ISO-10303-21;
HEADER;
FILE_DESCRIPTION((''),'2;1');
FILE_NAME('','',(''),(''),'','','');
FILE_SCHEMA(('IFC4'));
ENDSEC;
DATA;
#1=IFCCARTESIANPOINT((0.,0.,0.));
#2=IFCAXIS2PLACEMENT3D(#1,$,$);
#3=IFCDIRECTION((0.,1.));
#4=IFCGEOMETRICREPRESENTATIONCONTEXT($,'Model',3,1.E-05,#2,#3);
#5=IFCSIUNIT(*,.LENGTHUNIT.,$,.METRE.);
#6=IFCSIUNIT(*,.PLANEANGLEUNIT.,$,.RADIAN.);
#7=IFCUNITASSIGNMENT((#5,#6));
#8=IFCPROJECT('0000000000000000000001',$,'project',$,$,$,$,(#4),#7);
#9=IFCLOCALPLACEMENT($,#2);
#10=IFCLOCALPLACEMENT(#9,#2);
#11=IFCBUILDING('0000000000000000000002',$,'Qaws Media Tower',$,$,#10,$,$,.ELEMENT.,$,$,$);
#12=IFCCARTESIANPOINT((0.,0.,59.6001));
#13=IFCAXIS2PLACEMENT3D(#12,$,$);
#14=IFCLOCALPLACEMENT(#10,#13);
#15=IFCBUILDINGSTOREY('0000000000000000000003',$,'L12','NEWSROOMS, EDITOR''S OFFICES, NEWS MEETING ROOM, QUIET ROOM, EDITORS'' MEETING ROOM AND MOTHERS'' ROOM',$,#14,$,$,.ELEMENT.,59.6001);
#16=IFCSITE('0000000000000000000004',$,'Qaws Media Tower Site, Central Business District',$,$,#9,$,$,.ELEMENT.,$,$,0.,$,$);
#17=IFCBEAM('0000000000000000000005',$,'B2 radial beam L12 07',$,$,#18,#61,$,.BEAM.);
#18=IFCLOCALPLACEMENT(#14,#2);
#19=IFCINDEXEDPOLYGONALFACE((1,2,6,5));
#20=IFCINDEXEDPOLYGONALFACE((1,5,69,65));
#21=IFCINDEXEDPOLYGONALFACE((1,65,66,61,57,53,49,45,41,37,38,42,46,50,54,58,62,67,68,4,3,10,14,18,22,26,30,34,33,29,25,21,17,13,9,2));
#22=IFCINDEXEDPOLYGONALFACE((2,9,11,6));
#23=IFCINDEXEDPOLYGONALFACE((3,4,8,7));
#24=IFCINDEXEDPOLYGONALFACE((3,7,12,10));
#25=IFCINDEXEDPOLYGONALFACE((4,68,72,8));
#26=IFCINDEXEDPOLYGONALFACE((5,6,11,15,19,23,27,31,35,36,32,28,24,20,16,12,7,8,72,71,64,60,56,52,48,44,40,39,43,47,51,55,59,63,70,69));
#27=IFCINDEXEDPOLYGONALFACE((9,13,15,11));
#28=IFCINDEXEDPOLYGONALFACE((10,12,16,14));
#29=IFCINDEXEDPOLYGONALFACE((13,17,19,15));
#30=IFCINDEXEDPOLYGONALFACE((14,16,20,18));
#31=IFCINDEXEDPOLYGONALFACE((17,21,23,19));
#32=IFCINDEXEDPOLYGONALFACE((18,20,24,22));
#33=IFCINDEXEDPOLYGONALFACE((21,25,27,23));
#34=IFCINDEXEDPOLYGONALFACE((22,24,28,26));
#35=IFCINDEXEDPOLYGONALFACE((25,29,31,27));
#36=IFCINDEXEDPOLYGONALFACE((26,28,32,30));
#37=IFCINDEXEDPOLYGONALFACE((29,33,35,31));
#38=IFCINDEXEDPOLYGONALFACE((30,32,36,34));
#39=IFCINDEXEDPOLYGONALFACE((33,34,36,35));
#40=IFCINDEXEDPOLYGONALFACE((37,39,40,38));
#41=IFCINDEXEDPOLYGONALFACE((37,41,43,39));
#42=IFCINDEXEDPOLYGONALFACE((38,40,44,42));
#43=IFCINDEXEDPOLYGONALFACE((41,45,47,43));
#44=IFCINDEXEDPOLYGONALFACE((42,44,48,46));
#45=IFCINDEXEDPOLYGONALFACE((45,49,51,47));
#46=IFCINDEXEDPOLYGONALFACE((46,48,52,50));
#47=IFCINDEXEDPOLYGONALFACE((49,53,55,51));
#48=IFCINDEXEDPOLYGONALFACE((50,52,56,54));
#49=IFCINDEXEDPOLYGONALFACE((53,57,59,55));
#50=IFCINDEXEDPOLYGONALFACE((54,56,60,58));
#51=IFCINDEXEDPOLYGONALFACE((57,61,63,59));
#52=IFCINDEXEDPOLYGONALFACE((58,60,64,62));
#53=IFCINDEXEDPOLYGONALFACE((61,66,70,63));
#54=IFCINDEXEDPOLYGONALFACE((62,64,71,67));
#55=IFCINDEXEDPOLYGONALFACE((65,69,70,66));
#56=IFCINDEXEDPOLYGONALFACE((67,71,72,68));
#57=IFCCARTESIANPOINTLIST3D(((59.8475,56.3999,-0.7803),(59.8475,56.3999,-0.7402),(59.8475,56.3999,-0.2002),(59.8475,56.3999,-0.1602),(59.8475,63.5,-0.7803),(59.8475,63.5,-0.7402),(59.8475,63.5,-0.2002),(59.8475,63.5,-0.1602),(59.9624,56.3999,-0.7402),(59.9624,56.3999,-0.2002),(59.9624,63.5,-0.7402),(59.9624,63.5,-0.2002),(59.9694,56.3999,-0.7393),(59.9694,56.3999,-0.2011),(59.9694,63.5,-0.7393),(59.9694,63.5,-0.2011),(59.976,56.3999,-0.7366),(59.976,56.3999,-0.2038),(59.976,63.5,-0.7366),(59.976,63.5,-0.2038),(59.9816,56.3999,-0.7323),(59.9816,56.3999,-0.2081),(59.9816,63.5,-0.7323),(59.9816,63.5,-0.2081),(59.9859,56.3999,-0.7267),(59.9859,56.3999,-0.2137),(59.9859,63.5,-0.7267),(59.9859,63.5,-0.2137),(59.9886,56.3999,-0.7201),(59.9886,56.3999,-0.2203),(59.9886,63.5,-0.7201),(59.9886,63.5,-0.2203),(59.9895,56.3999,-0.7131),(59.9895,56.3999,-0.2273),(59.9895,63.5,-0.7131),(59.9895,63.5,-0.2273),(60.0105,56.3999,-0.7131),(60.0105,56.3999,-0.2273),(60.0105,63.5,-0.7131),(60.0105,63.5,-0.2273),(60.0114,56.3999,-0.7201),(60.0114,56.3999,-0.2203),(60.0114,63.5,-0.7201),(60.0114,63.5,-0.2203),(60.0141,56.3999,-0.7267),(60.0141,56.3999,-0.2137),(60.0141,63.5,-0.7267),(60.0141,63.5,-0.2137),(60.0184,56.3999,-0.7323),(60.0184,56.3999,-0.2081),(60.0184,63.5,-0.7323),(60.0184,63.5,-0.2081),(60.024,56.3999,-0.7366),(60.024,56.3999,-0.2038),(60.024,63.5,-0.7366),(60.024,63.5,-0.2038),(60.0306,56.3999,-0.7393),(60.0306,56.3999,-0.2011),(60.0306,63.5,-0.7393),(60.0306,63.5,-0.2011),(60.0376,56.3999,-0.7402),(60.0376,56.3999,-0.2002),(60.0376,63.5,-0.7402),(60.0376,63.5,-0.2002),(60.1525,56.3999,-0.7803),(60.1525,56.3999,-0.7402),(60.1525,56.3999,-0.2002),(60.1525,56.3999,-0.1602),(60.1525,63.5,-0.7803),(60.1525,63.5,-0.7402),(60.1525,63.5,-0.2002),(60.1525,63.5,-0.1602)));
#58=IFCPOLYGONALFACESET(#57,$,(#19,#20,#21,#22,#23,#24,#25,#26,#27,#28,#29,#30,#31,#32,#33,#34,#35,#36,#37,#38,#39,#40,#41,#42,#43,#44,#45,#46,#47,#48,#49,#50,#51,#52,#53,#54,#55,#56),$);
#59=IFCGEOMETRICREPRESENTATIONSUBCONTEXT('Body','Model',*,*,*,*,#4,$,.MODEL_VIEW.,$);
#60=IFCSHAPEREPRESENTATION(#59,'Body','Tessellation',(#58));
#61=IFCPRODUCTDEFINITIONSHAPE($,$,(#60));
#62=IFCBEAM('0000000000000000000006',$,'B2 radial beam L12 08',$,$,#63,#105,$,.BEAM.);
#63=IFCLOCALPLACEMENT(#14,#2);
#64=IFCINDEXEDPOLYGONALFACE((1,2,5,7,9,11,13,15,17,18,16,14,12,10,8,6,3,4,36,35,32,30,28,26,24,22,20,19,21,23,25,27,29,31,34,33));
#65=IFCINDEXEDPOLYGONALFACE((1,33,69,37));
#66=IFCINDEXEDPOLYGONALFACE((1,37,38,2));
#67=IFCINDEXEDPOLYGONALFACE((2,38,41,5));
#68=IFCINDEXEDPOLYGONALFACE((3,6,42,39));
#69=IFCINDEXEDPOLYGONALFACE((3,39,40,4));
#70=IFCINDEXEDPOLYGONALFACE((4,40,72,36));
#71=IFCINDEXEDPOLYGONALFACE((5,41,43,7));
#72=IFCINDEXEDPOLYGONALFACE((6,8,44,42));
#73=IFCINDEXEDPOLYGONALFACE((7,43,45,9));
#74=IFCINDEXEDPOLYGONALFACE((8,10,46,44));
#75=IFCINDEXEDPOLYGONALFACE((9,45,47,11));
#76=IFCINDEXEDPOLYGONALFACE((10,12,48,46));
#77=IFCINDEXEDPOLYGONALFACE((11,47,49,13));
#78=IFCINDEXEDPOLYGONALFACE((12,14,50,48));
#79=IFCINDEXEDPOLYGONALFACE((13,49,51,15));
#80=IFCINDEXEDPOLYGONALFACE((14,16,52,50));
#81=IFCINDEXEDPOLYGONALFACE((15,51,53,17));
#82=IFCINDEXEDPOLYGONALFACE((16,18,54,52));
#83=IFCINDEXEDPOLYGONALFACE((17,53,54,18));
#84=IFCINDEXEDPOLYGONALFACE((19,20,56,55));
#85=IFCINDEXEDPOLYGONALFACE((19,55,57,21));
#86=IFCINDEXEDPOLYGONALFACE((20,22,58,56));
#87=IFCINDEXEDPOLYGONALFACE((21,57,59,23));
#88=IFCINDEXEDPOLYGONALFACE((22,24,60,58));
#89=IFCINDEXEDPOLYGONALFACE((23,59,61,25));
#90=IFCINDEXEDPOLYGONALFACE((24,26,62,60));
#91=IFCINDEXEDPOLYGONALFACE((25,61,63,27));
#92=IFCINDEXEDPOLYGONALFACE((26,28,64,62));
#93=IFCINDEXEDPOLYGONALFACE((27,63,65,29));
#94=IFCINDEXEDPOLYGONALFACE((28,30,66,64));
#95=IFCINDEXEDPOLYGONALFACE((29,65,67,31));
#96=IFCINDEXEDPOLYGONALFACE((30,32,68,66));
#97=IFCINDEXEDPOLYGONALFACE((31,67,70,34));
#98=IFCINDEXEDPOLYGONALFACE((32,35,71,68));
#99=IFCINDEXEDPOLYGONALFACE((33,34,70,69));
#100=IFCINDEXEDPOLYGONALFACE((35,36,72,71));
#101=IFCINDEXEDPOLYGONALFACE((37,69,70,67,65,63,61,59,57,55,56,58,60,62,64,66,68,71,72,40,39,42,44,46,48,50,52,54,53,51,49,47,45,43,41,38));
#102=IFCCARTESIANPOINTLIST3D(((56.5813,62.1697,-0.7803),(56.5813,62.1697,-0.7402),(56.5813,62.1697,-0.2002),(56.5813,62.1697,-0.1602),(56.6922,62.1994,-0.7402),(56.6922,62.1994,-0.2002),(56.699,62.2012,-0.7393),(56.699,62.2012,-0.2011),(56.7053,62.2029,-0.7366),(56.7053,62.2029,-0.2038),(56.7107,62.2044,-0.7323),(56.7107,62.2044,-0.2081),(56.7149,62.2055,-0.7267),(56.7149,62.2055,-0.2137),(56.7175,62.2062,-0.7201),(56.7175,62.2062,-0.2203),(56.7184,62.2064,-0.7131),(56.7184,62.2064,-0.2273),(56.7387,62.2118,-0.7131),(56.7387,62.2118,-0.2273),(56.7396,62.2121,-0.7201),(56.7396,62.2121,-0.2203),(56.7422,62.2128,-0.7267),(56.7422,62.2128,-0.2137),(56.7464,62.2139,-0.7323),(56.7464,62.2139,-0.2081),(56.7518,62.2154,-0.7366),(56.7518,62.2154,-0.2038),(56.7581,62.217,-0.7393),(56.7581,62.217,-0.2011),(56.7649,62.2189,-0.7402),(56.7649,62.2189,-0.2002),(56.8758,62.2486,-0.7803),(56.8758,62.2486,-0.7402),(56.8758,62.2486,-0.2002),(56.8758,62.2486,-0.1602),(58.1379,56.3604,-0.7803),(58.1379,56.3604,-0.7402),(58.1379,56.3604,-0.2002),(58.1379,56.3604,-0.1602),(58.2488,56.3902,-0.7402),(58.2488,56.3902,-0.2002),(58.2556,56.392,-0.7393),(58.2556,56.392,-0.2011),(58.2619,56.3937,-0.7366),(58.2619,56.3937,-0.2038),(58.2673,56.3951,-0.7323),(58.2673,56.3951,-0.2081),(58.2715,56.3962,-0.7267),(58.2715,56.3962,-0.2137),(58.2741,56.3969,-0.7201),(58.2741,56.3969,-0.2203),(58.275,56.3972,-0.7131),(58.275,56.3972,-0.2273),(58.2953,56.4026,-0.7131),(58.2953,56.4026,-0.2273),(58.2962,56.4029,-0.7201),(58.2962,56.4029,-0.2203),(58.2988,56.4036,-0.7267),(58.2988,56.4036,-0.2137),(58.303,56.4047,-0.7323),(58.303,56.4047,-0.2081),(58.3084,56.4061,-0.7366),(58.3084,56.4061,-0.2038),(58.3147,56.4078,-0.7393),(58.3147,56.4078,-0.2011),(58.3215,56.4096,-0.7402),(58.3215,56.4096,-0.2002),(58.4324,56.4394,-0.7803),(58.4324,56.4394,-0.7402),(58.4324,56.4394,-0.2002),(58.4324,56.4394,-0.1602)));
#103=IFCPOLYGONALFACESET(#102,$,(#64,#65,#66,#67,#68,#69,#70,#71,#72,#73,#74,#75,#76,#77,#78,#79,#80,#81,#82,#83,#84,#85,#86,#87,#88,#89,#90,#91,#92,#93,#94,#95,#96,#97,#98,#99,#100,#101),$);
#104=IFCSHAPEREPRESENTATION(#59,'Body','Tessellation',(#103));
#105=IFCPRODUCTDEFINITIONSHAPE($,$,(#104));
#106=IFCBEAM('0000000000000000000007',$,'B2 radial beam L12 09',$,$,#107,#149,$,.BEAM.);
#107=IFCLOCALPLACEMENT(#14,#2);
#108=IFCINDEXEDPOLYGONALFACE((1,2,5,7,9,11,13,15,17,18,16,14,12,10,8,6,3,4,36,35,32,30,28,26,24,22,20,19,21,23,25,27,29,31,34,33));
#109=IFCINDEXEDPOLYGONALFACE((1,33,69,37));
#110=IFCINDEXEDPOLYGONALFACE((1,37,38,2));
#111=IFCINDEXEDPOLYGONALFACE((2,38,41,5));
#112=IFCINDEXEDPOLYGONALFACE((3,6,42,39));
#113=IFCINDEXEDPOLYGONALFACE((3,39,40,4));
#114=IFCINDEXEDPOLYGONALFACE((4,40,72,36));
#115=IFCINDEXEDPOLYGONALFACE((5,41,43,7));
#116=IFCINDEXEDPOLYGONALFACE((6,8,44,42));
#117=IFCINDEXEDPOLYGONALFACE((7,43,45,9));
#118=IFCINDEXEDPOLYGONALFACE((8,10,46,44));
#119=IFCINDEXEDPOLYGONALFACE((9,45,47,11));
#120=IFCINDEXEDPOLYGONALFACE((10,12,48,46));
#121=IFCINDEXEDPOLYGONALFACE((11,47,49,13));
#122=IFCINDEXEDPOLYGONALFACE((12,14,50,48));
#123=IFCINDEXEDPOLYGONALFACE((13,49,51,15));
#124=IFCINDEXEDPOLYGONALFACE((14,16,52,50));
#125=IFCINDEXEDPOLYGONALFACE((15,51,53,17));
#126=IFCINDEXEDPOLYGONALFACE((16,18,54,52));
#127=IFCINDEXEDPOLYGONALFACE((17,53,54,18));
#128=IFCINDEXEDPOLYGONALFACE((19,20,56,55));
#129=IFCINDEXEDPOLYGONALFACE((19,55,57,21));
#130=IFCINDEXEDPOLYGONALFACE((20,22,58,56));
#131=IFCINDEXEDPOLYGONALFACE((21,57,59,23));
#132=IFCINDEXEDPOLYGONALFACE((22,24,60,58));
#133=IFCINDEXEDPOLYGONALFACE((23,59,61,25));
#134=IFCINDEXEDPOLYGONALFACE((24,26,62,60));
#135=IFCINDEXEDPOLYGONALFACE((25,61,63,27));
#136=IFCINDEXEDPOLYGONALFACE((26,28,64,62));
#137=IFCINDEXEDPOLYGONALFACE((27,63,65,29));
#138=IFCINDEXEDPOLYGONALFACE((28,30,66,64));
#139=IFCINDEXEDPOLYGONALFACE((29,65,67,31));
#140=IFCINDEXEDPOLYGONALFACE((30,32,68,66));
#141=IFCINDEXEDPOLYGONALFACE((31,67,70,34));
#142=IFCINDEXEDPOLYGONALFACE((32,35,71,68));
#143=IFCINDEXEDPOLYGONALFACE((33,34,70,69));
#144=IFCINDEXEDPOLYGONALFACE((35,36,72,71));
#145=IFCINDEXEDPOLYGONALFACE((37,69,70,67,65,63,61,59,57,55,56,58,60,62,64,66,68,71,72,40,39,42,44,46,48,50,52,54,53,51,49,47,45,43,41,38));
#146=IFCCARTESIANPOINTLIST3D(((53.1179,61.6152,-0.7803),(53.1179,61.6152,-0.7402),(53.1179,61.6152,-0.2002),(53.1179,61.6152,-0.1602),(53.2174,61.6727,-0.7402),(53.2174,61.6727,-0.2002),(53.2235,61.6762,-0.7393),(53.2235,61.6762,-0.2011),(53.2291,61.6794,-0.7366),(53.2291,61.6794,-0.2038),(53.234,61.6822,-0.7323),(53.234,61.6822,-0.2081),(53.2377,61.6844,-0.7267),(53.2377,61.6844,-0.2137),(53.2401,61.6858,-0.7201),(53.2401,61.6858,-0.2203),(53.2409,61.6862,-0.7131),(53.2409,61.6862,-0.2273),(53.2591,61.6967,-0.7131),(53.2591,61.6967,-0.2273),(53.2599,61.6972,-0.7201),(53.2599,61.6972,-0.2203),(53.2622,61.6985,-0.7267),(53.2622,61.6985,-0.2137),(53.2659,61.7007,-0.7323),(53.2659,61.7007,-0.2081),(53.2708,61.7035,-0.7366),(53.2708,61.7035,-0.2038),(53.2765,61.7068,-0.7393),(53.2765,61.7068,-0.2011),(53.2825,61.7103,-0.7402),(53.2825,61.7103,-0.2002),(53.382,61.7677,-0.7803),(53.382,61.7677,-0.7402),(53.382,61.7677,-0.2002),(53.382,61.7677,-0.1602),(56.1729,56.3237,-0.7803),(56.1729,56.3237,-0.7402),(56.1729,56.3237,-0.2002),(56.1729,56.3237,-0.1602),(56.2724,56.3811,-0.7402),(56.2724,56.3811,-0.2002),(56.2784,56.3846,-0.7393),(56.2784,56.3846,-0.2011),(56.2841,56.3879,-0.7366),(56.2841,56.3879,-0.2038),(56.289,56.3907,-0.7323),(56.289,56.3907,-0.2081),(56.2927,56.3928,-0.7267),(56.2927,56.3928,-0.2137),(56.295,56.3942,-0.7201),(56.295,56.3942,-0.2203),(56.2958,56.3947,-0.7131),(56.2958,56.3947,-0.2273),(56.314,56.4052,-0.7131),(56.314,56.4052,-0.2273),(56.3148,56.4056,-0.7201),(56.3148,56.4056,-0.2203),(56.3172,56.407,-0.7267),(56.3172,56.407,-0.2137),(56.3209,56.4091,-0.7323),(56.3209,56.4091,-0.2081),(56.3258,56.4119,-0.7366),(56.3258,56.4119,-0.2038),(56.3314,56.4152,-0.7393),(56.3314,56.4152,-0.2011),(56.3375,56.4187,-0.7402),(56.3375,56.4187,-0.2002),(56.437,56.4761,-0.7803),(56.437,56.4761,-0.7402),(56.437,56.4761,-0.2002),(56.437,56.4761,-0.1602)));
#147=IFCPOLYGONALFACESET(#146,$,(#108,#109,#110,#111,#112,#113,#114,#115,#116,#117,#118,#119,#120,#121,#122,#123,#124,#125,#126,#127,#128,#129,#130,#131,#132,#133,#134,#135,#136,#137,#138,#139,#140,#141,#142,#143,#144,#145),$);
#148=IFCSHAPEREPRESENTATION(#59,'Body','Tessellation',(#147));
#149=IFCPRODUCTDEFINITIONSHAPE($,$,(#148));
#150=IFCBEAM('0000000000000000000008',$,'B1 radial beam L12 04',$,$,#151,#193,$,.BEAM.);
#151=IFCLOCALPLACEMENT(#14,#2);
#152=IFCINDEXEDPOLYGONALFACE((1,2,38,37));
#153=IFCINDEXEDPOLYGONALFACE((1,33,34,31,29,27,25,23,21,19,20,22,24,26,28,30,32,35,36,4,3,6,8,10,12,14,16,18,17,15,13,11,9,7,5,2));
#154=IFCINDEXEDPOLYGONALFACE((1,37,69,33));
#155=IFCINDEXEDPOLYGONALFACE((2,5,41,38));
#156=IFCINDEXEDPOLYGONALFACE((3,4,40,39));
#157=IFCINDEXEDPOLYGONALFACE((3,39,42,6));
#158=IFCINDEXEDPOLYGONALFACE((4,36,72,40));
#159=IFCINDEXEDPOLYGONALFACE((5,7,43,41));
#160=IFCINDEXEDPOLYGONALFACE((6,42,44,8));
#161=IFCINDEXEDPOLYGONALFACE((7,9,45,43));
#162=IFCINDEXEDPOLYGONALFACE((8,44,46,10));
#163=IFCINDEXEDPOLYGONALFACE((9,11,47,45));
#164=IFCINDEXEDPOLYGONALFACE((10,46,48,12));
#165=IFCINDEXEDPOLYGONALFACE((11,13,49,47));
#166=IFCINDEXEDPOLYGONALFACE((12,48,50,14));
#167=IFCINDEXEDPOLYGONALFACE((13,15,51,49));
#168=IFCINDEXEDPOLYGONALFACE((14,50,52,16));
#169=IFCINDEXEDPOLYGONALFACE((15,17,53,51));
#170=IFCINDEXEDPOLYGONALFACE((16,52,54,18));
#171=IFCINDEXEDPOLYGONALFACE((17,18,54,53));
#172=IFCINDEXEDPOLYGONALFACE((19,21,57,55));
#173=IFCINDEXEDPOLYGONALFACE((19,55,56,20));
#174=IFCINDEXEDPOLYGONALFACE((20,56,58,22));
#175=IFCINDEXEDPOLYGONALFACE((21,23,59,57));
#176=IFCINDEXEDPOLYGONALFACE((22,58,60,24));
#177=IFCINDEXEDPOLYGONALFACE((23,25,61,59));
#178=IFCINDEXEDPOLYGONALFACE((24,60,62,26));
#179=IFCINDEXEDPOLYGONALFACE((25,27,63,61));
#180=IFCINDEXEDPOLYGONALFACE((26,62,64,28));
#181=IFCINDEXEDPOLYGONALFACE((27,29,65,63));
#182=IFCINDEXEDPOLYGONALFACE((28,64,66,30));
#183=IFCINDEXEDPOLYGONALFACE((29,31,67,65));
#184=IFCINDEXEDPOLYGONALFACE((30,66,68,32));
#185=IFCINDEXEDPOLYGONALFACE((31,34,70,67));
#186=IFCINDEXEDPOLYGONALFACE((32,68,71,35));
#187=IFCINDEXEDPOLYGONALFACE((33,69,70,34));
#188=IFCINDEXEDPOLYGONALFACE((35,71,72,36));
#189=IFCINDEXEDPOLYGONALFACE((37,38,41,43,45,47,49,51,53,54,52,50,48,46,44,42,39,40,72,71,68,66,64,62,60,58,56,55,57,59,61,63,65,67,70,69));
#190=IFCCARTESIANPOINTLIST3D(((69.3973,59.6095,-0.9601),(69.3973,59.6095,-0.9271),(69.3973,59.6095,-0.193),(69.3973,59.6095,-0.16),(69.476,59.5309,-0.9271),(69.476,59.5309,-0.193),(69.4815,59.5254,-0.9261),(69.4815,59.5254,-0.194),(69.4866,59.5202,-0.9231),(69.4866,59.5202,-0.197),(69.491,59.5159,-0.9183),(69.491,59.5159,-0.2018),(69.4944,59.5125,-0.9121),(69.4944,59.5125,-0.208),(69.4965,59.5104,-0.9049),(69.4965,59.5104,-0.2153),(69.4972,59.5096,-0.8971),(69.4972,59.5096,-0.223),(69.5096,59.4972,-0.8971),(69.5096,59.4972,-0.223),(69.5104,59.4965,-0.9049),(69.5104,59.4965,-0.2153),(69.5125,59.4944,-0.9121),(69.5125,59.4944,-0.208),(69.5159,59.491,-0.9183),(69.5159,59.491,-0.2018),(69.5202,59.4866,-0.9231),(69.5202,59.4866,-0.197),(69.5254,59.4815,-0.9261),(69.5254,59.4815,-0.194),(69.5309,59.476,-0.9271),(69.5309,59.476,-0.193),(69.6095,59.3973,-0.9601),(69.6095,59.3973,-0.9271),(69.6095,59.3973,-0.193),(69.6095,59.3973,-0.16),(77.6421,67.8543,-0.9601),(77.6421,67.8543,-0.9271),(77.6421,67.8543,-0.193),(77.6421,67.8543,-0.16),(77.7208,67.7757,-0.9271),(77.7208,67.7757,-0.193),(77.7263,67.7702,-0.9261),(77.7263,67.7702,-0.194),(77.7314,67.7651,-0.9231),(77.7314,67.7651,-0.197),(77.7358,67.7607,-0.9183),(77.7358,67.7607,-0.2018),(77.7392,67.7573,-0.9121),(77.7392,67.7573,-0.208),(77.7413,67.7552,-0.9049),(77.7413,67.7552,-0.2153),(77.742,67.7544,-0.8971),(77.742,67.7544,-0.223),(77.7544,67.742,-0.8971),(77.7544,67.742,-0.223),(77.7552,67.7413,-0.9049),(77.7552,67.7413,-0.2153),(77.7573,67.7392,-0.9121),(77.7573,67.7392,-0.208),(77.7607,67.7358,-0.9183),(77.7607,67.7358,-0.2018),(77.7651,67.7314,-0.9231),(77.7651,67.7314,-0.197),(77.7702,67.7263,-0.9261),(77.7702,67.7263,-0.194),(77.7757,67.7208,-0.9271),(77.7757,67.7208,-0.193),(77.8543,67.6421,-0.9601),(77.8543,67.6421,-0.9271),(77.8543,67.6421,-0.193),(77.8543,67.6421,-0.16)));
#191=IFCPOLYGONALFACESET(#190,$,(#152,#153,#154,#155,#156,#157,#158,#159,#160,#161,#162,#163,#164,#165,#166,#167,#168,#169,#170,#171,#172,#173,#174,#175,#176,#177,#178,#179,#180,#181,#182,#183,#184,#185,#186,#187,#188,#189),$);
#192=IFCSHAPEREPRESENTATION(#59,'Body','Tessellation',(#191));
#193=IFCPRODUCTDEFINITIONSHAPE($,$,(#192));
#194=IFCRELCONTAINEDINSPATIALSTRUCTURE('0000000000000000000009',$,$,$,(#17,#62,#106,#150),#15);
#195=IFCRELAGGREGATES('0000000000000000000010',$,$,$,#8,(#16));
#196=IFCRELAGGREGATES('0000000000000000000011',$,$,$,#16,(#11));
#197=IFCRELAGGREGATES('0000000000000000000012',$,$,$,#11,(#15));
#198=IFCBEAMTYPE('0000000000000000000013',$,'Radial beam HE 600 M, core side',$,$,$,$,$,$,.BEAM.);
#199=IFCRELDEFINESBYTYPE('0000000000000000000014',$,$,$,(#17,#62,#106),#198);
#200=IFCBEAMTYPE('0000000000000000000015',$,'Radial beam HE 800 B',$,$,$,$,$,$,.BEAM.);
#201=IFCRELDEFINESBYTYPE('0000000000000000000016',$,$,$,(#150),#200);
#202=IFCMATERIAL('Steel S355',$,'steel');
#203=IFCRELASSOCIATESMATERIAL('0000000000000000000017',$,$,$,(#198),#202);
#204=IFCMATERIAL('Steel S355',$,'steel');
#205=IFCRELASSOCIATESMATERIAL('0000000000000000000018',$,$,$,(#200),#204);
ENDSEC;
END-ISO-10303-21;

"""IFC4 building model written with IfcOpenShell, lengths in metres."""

from ifc_helpers import new_model, si_unit, direction, frame, origin, origin_2d, place, context, subcontext, project, spatial, i_section, extrude, material, material_profile, profile_set, type_object, element, save


model = new_model("IFC4")

# Units and contexts
model_context = context("Model", 3, precision=1e-05, world=origin(), true_north=direction((0.0, 1.0)))
body_context = subcontext(model_context, "Body", "Model", "MODEL_VIEW")
ifc_project = project(units=[si_unit("LENGTHUNIT", "METRE"), si_unit("PLANEANGLEUNIT", "RADIAN")], contexts=[model_context])

# Site, building, storey
site_placement = place(None, origin())
site = spatial("IfcSite", under=ifc_project, at=site_placement, Name="Qaws Media Tower Site, Central Business District", CompositionType="ELEMENT", RefElevation=0.0)
building_placement = place(site_placement, origin())
building = spatial("IfcBuilding", under=site, at=building_placement, Name="Qaws Media Tower", CompositionType="ELEMENT")
storey_placement = place(building_placement, frame((0.0, 0.0, 59.6001)))
storey = spatial("IfcBuildingStorey", under=building, at=storey_placement, Name="L12", Description="NEWSROOMS, EDITOR'S OFFICES, NEWS MEETING ROOM, QUIET ROOM, EDITORS' MEETING ROOM AND MOTHERS' ROOM", CompositionType="ELEMENT", Elevation=59.6001)

# Beams
ifc_material_1 = material(Name="Steel S355", Category="steel")
ifc_material_profile_1 = material_profile(ifc_material_1, i_section(OverallWidth=0.3049, OverallDepth=0.6201, WebThickness=0.021, FlangeThickness=0.04, FilletRadius=0.0271, at=origin_2d()), Name="HE 600 M")
ifc_profile_set_1 = profile_set([ifc_material_profile_1], Name="Steel S355")
beam_type_1 = type_object("IfcBeamType", Name="Radial beam HE 600 M, core side", PredefinedType="BEAM", material=ifc_profile_set_1)
beam_1_placement = place(storey_placement, frame((60.0, 56.3999, -0.4702), z_axis=(0.0, 1.0, 0.0), x_axis=(-1.0, 0.0, 0.0)))
element("IfcBeam", 1, at=beam_1_placement, inside=storey, type_object=beam_type_1, Name="B2 radial beam L12 07", PredefinedType="BEAM", context=body_context, shape_type="SweptSolid", body=[
    extrude(i_section(OverallWidth=0.3049, OverallDepth=0.6201, WebThickness=0.021, FlangeThickness=0.04, FilletRadius=0.0271, at=origin_2d()), origin(), (0.0, 0.0, 1.0), 7.1001),
])
beam_2_placement = place(storey_placement, frame((58.2852, 56.3999, -0.4702), z_axis=(-0.258825, 0.965924, 0.0), x_axis=(-0.965924, -0.258825, 0.0)))
element("IfcBeam", 2, at=beam_2_placement, inside=storey, type_object=beam_type_1, Name="B2 radial beam L12 08", PredefinedType="BEAM", context=body_context, shape_type="SweptSolid", body=[
    extrude(i_section(OverallWidth=0.3049, OverallDepth=0.6201, WebThickness=0.021, FlangeThickness=0.04, FilletRadius=0.0271, at=origin_2d()), origin(), (0.0, 0.0, 1.0), 6.0142),
])
beam_3_placement = place(storey_placement, frame((56.3049, 56.3999, -0.4702), z_axis=(-0.499985, 0.866034, 0.0), x_axis=(-0.866034, -0.499985, 0.0)))
element("IfcBeam", 3, at=beam_3_placement, inside=storey, type_object=beam_type_1, Name="B2 radial beam L12 09", PredefinedType="BEAM", context=body_context, shape_type="SweptSolid", body=[
    extrude(i_section(OverallWidth=0.3049, OverallDepth=0.6201, WebThickness=0.021, FlangeThickness=0.04, FilletRadius=0.0271, at=origin_2d()), origin(), (0.0, 0.0, 1.0), 6.1101),
])
ifc_material_2 = material(Name="Steel S355", Category="steel")
ifc_material_profile_2 = material_profile(ifc_material_2, i_section(OverallWidth=0.3, OverallDepth=0.8, WebThickness=0.0176, FlangeThickness=0.033, FilletRadius=0.03, at=origin_2d()), Name="HE 800 B")
ifc_profile_set_2 = profile_set([ifc_material_profile_2], Name="Steel S355")
beam_type_2 = type_object("IfcBeamType", Name="Radial beam HE 800 B", PredefinedType="BEAM", material=ifc_profile_set_2)
beam_4_placement = place(storey_placement, frame((69.5034, 59.5034, -0.5601), z_axis=(0.707107, 0.707107, 0.0), x_axis=(-0.707107, 0.707107, 0.0)))
element("IfcBeam", 4, at=beam_4_placement, inside=storey, type_object=beam_type_2, Name="B1 radial beam L12 04", PredefinedType="BEAM", context=body_context, shape_type="SweptSolid", body=[
    extrude(i_section(OverallWidth=0.3, OverallDepth=0.8, WebThickness=0.0176, FlangeThickness=0.033, FilletRadius=0.03, at=origin_2d()), origin(), (0.0, 0.0, 1.0), 11.6599),
])

save(model, "model.ifc")
